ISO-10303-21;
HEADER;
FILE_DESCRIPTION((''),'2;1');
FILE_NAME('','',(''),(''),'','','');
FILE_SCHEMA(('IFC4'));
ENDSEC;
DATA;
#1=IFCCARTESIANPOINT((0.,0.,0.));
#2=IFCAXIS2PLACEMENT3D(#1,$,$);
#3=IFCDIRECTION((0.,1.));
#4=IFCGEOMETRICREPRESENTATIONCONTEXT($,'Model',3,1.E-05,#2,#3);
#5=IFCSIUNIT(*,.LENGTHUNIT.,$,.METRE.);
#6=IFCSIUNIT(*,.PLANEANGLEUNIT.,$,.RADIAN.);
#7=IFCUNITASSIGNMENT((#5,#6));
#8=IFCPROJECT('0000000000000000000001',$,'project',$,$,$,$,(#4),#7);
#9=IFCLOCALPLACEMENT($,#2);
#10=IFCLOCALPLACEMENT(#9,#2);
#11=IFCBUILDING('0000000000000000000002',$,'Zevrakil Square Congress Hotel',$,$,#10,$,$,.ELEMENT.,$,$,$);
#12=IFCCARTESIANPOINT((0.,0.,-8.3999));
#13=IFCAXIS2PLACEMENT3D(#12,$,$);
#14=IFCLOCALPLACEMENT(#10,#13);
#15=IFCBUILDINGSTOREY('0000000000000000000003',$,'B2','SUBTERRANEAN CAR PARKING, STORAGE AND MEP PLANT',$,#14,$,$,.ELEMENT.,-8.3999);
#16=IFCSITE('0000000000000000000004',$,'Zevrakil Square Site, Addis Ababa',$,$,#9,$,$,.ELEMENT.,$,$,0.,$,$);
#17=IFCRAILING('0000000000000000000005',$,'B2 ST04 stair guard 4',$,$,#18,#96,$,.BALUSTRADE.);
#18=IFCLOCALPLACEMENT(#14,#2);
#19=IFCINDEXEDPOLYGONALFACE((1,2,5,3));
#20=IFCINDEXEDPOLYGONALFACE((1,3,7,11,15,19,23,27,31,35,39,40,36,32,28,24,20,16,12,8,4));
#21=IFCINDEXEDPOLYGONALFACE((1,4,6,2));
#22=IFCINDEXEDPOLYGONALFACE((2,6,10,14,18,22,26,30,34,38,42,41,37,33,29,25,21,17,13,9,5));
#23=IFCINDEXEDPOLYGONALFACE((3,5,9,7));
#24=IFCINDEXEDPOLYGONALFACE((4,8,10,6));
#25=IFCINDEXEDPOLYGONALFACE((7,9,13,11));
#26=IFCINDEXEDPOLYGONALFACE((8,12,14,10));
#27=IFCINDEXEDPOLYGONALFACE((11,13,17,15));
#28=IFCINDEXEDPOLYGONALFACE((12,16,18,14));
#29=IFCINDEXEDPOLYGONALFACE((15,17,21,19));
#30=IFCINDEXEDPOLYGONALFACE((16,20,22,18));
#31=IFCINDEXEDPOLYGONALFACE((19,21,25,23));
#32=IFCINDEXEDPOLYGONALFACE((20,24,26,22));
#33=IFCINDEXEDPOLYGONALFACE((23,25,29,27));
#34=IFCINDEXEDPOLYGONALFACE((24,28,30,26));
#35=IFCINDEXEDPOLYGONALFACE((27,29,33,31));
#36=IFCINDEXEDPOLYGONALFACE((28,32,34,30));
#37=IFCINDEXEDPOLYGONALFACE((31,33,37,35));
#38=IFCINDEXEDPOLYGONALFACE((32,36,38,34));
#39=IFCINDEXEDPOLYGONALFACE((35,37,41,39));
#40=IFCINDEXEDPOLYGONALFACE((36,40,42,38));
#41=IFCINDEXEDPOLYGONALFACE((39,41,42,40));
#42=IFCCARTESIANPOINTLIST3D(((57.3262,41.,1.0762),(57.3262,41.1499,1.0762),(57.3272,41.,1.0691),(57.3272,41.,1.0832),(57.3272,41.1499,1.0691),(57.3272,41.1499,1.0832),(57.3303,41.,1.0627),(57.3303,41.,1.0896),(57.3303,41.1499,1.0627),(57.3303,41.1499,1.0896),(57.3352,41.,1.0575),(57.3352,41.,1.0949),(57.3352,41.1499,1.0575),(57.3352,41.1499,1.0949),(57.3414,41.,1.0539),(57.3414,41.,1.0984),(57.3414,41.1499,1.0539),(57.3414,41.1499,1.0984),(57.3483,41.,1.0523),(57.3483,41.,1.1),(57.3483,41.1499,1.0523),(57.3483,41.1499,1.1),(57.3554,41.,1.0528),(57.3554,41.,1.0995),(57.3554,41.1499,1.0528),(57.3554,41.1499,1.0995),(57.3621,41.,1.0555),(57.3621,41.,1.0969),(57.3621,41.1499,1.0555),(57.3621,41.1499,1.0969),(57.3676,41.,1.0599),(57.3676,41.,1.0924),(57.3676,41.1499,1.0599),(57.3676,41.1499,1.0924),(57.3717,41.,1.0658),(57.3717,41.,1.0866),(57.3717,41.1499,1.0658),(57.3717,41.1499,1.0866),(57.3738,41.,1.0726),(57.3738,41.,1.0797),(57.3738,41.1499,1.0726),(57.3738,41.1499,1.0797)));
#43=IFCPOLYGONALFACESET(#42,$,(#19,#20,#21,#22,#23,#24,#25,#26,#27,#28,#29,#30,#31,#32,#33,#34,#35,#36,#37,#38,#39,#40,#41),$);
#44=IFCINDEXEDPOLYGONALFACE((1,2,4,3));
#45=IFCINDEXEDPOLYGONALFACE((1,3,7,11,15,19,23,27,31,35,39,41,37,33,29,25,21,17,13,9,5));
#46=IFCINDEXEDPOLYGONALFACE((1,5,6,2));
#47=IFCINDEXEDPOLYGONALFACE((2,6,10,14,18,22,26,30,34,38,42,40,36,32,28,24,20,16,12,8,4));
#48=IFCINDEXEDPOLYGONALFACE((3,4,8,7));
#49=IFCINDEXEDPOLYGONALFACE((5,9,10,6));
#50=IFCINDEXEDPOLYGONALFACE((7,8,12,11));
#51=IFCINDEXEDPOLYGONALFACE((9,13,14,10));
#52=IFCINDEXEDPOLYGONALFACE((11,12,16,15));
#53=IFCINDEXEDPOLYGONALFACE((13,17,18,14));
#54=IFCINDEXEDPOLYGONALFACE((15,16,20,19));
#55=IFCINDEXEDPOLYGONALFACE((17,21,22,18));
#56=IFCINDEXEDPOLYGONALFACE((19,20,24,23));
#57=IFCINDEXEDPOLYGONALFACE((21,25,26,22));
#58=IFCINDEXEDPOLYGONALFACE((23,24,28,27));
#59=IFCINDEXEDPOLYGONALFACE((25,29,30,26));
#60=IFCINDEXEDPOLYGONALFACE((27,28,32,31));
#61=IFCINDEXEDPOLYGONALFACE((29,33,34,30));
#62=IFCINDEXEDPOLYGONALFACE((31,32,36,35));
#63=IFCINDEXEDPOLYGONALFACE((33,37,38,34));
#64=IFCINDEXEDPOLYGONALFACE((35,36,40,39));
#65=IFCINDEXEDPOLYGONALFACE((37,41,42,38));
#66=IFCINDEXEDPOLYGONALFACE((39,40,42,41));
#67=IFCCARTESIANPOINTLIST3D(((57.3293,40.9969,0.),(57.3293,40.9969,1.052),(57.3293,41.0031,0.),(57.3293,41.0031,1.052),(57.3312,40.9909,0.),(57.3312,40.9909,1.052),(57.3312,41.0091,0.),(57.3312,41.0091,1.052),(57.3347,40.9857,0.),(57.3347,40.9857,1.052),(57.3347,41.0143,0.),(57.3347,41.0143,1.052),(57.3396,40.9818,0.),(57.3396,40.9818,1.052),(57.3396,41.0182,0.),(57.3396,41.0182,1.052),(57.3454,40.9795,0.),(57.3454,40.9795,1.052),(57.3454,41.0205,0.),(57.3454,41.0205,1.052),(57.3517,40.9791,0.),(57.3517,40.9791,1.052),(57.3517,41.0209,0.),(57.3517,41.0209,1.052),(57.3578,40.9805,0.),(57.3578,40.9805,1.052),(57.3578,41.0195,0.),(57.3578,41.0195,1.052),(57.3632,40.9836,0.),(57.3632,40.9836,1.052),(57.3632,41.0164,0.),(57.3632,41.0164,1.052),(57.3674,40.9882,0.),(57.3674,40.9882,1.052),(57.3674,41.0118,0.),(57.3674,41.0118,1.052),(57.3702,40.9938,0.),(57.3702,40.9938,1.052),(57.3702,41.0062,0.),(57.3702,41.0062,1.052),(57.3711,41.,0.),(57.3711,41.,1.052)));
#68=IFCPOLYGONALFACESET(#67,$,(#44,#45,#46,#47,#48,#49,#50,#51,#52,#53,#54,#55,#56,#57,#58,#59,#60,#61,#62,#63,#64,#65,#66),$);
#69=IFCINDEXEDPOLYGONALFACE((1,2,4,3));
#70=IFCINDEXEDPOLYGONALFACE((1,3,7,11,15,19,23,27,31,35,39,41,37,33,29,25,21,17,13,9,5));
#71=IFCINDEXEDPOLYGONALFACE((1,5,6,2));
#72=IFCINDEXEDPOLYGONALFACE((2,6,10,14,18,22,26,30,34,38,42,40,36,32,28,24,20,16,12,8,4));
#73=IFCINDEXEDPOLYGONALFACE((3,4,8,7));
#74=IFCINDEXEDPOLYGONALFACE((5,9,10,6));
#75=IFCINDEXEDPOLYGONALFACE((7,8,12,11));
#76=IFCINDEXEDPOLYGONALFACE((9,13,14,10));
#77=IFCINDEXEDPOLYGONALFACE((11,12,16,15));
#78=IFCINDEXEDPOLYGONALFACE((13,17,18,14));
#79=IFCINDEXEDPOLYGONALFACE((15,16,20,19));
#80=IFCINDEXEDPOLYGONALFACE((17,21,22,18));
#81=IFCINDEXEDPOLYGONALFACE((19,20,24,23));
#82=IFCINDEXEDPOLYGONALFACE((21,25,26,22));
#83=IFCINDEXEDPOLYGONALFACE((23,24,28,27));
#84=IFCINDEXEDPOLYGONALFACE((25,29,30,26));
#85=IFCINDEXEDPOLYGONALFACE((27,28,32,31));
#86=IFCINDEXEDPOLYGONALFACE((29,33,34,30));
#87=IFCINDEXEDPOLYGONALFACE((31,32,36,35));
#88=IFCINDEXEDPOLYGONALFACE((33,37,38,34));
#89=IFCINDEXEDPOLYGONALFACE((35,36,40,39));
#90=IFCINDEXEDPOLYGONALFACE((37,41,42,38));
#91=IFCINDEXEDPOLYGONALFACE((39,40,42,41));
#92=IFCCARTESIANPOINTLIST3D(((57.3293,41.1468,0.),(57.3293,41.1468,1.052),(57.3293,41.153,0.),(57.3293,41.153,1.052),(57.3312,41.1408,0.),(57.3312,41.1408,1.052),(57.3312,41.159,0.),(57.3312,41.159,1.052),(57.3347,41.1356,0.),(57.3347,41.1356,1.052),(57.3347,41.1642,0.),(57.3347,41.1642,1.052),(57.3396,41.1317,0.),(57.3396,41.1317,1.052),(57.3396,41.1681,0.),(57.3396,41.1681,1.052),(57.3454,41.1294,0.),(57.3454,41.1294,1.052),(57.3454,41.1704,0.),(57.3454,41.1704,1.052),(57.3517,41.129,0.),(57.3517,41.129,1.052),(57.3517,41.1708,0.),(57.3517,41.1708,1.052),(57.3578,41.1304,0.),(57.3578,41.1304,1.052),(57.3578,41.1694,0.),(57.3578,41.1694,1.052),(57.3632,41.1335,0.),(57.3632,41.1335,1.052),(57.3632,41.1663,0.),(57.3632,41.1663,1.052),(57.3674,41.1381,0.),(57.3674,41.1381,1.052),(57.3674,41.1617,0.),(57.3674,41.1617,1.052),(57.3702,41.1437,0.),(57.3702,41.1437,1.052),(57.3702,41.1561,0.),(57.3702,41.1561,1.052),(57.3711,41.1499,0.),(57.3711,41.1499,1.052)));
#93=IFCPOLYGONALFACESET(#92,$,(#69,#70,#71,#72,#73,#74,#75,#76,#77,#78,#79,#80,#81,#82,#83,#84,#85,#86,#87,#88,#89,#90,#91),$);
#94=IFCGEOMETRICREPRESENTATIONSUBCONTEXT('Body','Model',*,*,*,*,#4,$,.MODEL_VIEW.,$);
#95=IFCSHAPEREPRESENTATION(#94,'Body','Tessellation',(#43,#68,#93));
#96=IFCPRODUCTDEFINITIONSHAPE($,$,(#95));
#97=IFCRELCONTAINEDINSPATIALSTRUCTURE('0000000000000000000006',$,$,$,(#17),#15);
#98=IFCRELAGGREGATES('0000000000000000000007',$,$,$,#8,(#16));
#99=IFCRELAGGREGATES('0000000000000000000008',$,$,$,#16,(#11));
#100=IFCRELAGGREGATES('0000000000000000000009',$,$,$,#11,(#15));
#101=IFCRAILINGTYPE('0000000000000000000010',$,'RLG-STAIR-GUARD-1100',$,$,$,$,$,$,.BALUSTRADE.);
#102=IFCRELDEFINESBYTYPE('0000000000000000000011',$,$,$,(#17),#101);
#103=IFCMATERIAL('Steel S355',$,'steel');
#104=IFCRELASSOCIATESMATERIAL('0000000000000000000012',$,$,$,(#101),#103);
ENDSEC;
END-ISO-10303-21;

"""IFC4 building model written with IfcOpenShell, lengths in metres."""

from ifc_helpers import new_model, si_unit, direction, frame, origin, origin_2d, place, context, subcontext, project, spatial, circle, extrude, material, type_object, element, save


model = new_model("IFC4")

# Units and contexts
model_context = context("Model", 3, precision=1e-05, world=origin(), true_north=direction((0.0, 1.0)))
body_context = subcontext(model_context, "Body", "Model", "MODEL_VIEW")
ifc_project = project(units=[si_unit("LENGTHUNIT", "METRE"), si_unit("PLANEANGLEUNIT", "RADIAN")], contexts=[model_context])

# Site, building, storey
site_placement = place(None, origin())
site = spatial("IfcSite", under=ifc_project, at=site_placement, Name="Zevrakil Square Site, Addis Ababa", CompositionType="ELEMENT", RefElevation=0.0)
building_placement = place(site_placement, origin())
building = spatial("IfcBuilding", under=site, at=building_placement, Name="Zevrakil Square Congress Hotel", CompositionType="ELEMENT")
storey_placement = place(building_placement, frame((0.0, 0.0, -8.3999)))
storey = spatial("IfcBuildingStorey", under=building, at=storey_placement, Name="B2", Description="SUBTERRANEAN CAR PARKING, STORAGE AND MEP PLANT", CompositionType="ELEMENT", Elevation=-8.3999)

# Railing
ifc_material_1 = material(Name="Steel S355", Category="steel")
railing_type_1 = type_object("IfcRailingType", Name="RLG-STAIR-GUARD-1100", PredefinedType="BALUSTRADE", material=ifc_material_1)
railing_1_placement = place(storey_placement, frame((57.3501, 41.0, 0.0)))
element("IfcRailing", 1, at=railing_1_placement, inside=storey, type_object=railing_type_1, Name="B2 ST04 stair guard 4", PredefinedType="BALUSTRADE", context=body_context, shape_type="SweptSolid", body=[
    extrude(circle(Radius=0.0239, at=origin_2d()), frame((0.0, 0.0, 1.0762), z_axis=(0.0, 1.0, 0.0), x_axis=(-1.0, 0.0, 0.0)), (0.0, 0.0, 1.0), 0.1499),
    extrude(circle(Radius=0.021, at=origin_2d()), origin(), (0.0, 0.0, 1.0), 1.052),
    extrude(circle(Radius=0.021, at=origin_2d()), frame((0.0, 0.1499, 0.0)), (0.0, 0.0, 1.0), 1.052),
])

save(model, "model.ifc")
